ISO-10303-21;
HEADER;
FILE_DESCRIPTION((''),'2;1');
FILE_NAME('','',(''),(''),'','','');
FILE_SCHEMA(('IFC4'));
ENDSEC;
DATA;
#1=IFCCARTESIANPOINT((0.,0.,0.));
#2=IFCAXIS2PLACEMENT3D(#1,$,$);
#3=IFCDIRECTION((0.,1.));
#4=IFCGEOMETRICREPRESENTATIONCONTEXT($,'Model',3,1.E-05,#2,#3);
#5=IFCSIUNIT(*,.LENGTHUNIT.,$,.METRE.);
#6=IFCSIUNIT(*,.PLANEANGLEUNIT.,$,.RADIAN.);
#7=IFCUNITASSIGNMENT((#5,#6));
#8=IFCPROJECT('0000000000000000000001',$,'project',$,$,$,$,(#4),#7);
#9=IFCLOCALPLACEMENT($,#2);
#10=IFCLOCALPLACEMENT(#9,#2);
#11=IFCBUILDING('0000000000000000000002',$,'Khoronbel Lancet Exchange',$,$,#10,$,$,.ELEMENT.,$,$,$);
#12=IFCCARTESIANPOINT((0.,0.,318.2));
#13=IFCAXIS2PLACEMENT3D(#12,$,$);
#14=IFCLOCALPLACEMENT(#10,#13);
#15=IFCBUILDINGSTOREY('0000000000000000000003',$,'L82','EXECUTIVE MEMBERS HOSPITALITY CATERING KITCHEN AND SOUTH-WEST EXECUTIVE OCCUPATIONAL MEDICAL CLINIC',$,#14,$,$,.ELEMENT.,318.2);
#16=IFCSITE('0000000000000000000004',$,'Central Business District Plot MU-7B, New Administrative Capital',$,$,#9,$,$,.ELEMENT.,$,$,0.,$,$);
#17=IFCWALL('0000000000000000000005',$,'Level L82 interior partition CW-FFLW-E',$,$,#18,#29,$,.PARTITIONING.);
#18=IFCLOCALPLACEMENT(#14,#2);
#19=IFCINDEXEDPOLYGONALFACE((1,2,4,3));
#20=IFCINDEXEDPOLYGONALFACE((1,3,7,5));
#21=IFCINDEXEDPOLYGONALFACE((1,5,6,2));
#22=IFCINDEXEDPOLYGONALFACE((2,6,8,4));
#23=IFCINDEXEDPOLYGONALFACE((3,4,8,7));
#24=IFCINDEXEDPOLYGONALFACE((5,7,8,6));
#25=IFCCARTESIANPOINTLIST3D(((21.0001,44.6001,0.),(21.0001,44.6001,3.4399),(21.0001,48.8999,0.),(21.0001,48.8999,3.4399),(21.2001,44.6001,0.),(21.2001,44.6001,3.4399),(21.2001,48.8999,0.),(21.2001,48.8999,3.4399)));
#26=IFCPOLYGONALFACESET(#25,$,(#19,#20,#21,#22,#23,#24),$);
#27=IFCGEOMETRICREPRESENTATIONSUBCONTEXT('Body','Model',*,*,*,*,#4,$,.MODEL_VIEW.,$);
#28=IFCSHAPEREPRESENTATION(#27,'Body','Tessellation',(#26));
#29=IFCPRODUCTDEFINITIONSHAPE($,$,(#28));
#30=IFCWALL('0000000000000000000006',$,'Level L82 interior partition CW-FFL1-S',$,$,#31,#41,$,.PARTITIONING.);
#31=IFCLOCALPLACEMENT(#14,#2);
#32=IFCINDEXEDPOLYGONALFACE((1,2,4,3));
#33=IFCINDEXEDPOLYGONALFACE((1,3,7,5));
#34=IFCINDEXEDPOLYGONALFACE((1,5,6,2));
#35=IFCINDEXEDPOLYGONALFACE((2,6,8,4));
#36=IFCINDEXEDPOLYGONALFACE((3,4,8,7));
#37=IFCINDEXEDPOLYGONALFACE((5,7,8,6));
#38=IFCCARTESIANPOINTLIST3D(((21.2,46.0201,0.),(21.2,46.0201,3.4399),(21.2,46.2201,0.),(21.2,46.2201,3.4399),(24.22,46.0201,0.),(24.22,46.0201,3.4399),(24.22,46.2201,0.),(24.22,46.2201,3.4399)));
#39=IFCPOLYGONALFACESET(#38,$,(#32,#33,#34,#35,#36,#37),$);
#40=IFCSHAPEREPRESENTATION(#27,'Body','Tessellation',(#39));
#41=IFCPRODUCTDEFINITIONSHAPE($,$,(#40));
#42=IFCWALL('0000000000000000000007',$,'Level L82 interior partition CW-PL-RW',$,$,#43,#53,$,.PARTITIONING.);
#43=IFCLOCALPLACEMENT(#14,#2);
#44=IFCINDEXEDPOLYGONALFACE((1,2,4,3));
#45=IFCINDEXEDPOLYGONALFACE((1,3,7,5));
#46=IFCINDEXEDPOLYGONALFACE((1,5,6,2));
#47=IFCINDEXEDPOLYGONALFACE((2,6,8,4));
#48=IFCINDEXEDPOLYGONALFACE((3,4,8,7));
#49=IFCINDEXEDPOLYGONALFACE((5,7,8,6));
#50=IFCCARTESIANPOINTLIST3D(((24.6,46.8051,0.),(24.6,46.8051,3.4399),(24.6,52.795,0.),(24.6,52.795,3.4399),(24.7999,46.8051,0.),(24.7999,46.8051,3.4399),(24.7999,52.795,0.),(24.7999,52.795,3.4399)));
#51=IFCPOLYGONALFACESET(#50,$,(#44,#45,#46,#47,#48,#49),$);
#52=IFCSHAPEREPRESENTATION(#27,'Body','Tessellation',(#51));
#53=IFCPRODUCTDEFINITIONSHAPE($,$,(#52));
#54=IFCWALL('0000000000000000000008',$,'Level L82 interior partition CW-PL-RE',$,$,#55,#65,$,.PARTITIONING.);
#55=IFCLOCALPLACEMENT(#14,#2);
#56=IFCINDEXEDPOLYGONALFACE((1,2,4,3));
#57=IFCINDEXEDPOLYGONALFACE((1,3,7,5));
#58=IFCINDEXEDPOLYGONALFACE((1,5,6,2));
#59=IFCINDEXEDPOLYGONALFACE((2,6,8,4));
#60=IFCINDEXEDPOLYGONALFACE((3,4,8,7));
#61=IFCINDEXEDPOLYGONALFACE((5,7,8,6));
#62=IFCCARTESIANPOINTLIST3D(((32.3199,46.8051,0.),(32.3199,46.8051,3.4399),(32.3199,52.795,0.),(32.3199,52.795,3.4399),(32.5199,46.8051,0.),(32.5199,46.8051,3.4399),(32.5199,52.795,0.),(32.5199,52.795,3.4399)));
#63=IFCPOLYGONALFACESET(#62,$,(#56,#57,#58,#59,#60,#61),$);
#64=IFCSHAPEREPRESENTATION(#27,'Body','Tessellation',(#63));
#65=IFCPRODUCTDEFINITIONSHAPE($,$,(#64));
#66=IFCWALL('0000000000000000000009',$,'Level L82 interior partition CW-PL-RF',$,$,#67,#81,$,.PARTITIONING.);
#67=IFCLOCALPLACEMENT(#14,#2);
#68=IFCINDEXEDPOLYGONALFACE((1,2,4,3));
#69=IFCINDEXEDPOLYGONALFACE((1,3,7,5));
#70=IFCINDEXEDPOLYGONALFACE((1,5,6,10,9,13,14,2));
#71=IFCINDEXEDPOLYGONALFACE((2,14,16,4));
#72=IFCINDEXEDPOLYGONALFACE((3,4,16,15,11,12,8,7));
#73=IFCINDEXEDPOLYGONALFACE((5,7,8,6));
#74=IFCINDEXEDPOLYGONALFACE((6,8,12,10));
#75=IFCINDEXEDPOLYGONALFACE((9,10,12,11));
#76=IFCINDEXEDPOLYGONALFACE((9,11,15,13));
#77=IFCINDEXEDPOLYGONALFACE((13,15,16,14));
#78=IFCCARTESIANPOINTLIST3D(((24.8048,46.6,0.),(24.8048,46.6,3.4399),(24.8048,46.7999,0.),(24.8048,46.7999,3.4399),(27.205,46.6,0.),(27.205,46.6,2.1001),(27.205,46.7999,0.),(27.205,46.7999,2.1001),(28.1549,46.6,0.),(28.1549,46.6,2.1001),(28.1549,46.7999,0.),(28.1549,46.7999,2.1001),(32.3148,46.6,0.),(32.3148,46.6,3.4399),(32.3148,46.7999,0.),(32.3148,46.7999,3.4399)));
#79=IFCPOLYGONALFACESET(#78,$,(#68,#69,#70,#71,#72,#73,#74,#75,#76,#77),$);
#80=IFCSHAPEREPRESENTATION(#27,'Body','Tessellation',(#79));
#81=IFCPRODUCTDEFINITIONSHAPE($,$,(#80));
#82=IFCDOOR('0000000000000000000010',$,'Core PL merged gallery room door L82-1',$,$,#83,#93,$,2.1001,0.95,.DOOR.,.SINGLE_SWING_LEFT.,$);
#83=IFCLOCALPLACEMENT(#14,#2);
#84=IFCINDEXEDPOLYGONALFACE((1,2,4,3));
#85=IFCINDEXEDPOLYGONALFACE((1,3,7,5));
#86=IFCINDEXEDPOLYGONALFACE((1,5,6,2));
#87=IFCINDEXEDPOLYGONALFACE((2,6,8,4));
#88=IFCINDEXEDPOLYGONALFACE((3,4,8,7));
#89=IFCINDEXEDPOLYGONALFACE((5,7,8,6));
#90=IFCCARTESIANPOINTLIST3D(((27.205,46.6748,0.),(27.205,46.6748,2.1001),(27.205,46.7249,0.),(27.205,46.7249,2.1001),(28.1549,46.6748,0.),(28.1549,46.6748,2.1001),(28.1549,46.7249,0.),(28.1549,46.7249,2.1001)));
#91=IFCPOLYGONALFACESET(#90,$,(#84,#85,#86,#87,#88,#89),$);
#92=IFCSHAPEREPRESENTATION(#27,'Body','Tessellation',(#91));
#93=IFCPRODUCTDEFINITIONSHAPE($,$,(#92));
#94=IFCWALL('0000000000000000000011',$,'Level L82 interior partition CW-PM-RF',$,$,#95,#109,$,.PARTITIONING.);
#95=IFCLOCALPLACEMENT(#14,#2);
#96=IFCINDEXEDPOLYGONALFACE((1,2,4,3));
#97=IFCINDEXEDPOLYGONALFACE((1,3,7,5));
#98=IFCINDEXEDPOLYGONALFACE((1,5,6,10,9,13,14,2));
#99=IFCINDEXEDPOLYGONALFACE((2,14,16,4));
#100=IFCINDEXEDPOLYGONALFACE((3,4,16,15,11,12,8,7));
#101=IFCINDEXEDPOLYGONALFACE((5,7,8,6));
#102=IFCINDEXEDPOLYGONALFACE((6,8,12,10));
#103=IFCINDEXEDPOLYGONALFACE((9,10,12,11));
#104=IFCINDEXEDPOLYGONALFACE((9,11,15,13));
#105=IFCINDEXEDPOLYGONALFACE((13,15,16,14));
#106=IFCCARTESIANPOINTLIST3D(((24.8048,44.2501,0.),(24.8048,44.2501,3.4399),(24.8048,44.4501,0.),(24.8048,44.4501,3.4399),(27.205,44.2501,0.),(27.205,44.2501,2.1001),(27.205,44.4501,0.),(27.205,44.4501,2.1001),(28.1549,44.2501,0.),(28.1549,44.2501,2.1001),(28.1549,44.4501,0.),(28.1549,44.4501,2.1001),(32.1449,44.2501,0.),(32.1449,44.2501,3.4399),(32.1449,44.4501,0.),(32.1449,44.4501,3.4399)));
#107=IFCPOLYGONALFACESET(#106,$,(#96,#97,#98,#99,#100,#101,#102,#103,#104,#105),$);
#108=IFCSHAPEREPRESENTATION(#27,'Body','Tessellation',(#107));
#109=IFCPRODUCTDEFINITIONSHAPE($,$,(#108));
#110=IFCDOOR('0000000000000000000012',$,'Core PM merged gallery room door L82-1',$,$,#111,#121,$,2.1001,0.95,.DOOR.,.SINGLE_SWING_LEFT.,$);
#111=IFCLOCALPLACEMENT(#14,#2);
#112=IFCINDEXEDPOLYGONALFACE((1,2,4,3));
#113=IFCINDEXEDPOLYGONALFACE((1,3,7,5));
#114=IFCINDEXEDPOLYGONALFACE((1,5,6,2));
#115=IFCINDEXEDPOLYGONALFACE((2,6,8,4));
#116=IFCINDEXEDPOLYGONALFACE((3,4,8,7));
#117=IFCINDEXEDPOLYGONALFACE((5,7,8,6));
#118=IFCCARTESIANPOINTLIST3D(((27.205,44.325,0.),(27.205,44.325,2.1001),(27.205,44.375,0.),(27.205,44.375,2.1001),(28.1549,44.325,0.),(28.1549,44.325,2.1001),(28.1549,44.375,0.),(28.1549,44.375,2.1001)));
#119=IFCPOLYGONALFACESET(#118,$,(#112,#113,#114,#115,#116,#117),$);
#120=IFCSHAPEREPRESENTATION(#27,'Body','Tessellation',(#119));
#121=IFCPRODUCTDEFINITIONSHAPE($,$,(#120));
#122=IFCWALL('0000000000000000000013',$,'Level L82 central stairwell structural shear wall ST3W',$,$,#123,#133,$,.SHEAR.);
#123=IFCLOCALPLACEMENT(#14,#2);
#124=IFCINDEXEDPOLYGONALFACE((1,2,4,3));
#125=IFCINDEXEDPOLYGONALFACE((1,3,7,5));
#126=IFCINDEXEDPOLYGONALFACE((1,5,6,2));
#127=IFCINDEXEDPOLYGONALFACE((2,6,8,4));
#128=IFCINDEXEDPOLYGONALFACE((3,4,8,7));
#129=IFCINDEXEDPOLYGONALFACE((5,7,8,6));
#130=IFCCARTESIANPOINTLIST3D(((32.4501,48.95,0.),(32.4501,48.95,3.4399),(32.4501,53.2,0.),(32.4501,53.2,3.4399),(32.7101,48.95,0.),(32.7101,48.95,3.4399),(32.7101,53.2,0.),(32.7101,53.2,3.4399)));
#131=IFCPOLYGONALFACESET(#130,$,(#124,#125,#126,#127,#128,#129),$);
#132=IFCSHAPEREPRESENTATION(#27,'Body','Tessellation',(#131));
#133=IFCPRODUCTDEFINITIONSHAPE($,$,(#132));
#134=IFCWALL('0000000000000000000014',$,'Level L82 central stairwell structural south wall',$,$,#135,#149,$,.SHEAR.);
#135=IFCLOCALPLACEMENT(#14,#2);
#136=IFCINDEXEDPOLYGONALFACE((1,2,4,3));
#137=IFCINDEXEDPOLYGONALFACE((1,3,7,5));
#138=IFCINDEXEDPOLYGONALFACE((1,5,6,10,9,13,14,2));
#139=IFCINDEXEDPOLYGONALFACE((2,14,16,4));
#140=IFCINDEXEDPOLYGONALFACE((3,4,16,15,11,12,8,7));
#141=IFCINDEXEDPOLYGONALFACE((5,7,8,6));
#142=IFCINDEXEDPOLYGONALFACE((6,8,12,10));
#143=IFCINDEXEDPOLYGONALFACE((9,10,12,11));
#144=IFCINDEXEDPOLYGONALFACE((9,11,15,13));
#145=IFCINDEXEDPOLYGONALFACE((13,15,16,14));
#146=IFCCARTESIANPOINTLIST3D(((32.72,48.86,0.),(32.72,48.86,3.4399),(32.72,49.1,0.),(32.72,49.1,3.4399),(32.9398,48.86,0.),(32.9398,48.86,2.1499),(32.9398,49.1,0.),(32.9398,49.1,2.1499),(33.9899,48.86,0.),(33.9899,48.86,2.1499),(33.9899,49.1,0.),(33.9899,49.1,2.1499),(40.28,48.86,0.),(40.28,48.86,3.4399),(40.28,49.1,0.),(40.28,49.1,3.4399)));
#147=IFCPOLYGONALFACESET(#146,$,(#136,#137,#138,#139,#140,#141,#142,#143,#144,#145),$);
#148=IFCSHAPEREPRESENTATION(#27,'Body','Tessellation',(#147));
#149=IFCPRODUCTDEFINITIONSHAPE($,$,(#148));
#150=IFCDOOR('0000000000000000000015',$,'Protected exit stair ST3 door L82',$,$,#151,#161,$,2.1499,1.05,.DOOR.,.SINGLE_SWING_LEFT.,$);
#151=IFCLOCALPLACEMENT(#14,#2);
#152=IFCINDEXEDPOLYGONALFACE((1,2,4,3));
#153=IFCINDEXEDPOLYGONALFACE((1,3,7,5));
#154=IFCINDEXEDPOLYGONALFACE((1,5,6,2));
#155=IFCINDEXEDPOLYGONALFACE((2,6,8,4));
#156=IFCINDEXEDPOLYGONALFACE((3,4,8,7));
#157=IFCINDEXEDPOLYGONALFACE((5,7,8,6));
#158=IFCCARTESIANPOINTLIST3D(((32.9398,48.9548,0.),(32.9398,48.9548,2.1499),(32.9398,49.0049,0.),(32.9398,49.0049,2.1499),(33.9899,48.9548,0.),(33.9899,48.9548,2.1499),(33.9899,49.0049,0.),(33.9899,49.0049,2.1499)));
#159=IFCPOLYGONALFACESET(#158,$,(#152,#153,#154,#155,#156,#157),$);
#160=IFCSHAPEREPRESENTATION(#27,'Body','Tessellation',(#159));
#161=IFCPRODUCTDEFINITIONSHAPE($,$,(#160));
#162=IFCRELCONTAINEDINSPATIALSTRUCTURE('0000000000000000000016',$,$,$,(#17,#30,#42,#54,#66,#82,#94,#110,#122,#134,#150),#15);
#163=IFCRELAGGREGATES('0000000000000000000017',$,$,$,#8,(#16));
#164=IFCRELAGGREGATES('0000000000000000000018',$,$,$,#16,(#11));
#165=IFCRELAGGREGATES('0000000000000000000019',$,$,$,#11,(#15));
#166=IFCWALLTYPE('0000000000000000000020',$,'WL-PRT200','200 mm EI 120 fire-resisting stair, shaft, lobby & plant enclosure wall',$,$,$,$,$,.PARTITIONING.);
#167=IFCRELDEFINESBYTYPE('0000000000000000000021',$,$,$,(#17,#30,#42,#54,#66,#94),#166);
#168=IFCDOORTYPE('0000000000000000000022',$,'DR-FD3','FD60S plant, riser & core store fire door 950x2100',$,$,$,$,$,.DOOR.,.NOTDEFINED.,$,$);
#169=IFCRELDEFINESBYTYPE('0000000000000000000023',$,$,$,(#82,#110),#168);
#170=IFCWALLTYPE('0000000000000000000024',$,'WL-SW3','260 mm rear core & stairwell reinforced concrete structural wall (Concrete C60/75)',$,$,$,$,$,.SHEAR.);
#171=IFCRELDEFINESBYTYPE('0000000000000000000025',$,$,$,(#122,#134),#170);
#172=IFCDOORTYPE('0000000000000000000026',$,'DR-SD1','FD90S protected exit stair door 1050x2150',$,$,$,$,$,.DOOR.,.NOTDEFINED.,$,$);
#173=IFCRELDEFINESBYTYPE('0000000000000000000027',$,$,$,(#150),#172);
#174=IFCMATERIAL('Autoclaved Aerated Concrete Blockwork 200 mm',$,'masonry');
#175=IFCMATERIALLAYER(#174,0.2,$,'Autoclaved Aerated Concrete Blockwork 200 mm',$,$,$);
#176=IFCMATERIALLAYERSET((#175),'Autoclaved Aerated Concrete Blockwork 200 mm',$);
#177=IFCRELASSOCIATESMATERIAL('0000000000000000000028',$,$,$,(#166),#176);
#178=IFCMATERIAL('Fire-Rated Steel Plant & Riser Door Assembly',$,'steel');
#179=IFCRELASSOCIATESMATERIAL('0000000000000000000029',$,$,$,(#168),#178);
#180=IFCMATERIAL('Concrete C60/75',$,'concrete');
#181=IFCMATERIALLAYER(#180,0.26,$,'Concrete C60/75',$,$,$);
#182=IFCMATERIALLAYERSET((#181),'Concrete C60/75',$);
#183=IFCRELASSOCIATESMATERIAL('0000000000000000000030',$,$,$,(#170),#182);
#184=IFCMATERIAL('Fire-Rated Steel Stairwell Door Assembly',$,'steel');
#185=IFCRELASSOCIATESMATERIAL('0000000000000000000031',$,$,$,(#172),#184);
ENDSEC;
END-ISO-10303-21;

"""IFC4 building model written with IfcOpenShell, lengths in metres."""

from ifc_helpers import new_model, si_unit, direction, frame, frame_2d, origin, place, context, subcontext, project, spatial, rectangle, extrude, material, layer, layer_set, type_object, element, fill, save


model = new_model("IFC4")

# Units and contexts
model_context = context("Model", 3, precision=1e-05, world=origin(), true_north=direction((0.0, 1.0)))
body_context = subcontext(model_context, "Body", "Model", "MODEL_VIEW")
ifc_project = project(units=[si_unit("LENGTHUNIT", "METRE"), si_unit("PLANEANGLEUNIT", "RADIAN")], contexts=[model_context])

# Site, building, storey
site_placement = place(None, origin())
site = spatial("IfcSite", under=ifc_project, at=site_placement, Name="Central Business District Plot MU-7B, New Administrative Capital", CompositionType="ELEMENT", RefElevation=0.0)
building_placement = place(site_placement, origin())
building = spatial("IfcBuilding", under=site, at=building_placement, Name="Khoronbel Lancet Exchange", CompositionType="ELEMENT")
storey_placement = place(building_placement, frame((0.0, 0.0, 318.2)))
storey = spatial("IfcBuildingStorey", under=building, at=storey_placement, Name="L82", Description="EXECUTIVE MEMBERS HOSPITALITY CATERING KITCHEN AND SOUTH-WEST EXECUTIVE OCCUPATIONAL MEDICAL CLINIC", CompositionType="ELEMENT", Elevation=318.2)

# Shared definitions
ifc_material_1 = material(Name="Autoclaved Aerated Concrete Blockwork 200 mm", Category="masonry")
ifc_layer_1 = layer(ifc_material_1, 0.2, Name="Autoclaved Aerated Concrete Blockwork 200 mm")
ifc_layer_set_1 = layer_set([ifc_layer_1], Name="Autoclaved Aerated Concrete Blockwork 200 mm")
wall_type_1 = type_object("IfcWallType", Name="WL-PRT200", Description="200 mm EI 120 fire-resisting stair, shaft, lobby & plant enclosure wall", PredefinedType="PARTITIONING", material=ifc_layer_set_1)

# Walls
wall_1_placement = place(storey_placement, frame((21.1001, 44.6001, 0.0), z_axis=(0.0, 0.0, 1.0), x_axis=(0.0, 1.0, 0.0)))
element("IfcWall", 1, at=wall_1_placement, inside=storey, type_object=wall_type_1, Name="Level L82 interior partition CW-FFLW-E", PredefinedType="PARTITIONING", context=body_context, shape_type="SweptSolid", body=[
    extrude(rectangle(XDim=4.2998, YDim=0.2, at=frame_2d((2.1499, 0.0))), origin(), (0.0, 0.0, 1.0), 3.4399),
])
wall_2_placement = place(storey_placement, frame((21.2, 46.1201, 0.0), z_axis=(0.0, 0.0, 1.0), x_axis=(1.0, 0.0, 0.0)))
element("IfcWall", 2, at=wall_2_placement, inside=storey, type_object=wall_type_1, Name="Level L82 interior partition CW-FFL1-S", PredefinedType="PARTITIONING", context=body_context, shape_type="SweptSolid", body=[
    extrude(rectangle(XDim=3.02, YDim=0.2, at=frame_2d((1.51, 0.0))), origin(), (0.0, 0.0, 1.0), 3.4399),
])
for number, where, z_axis, x_axis, name in (
    (3, (24.7, 46.8049, 0.0), (0.0, 0.0, 1.0), (0.0, 1.0, 0.0), "Level L82 interior partition CW-PL-RW"),
    (4, (32.4199, 46.8049, 0.0), (0.0, 0.0, 1.0), (0.0, 1.0, 0.0), "Level L82 interior partition CW-PL-RE"),
):
    element("IfcWall", number, at=place(storey_placement, frame(where, z_axis=z_axis, x_axis=x_axis)), inside=storey, type_object=wall_type_1, Name=name, PredefinedType="PARTITIONING", context=body_context, shape_type="SweptSolid", body=[
        extrude(rectangle(XDim=5.99, YDim=0.2, at=frame_2d((2.9951, 0.0))), origin(), (0.0, 0.0, 1.0), 3.4399),
    ])

# Walls, openings, doors
wall_3_placement = place(storey_placement, frame((24.8049, 46.7, 0.0), z_axis=(0.0, 0.0, 1.0), x_axis=(1.0, 0.0, 0.0)))
wall_3 = element("IfcWall", 5, at=wall_3_placement, inside=storey, type_object=wall_type_1, Name="Level L82 interior partition CW-PL-RF", PredefinedType="PARTITIONING", context=body_context, shape_type="SweptSolid", body=[
    extrude(rectangle(XDim=7.51, YDim=0.2, at=frame_2d((3.7549, 0.0))), origin(), (0.0, 0.0, 1.0), 3.4399),
])
opening_1_placement = place(wall_3_placement, frame((2.3999, 0.0, 0.0)))
opening_1 = element("IfcOpeningElement", 6, at=opening_1_placement, cuts=wall_3, PredefinedType="OPENING", context=body_context, shape_type="SweptSolid", body=[
    extrude(rectangle(XDim=0.95, YDim=2.1001, at=frame_2d((0.4751, 1.05))), frame((0.0, 0.1099, 0.0), z_axis=(0.0, -1.0, 0.0), x_axis=(1.0, 0.0, 0.0)), (0.0, 0.0, 1.0), 0.22),
])
ifc_material_2 = material(Name="Fire-Rated Steel Plant & Riser Door Assembly", Category="steel")
door_type_1 = type_object("IfcDoorType", Name="DR-FD3", Description="FD60S plant, riser & core store fire door 950x2100", OperationType="NOTDEFINED", PredefinedType="DOOR", material=ifc_material_2)
door_1_placement = place(opening_1_placement, origin())
door_1 = element("IfcDoor", 7, at=door_1_placement, inside=storey, type_object=door_type_1, Name="Core PL merged gallery room door L82-1", OperationType="SINGLE_SWING_LEFT", OverallHeight=2.1001, OverallWidth=0.95, PredefinedType="DOOR", context=body_context, shape_type="SweptSolid", body=[
    extrude(rectangle(XDim=0.95, YDim=2.1001, at=frame_2d((0.4751, 1.05))), frame((0.0, 0.0249, 0.0), z_axis=(0.0, -1.0, 0.0), x_axis=(1.0, 0.0, 0.0)), (0.0, 0.0, 1.0), 0.05),
])
fill(opening_1, door_1)
wall_4_placement = place(storey_placement, frame((24.8049, 44.3501, 0.0), z_axis=(0.0, 0.0, 1.0), x_axis=(1.0, 0.0, 0.0)))
wall_4 = element("IfcWall", 8, at=wall_4_placement, inside=storey, type_object=wall_type_1, Name="Level L82 interior partition CW-PM-RF", PredefinedType="PARTITIONING", context=body_context, shape_type="SweptSolid", body=[
    extrude(rectangle(XDim=7.3401, YDim=0.2, at=frame_2d((3.6699, 0.0))), origin(), (0.0, 0.0, 1.0), 3.4399),
])
opening_2_placement = place(wall_4_placement, frame((2.3999, 0.0, 0.0)))
opening_2 = element("IfcOpeningElement", 9, at=opening_2_placement, cuts=wall_4, PredefinedType="OPENING", context=body_context, shape_type="SweptSolid", body=[
    extrude(rectangle(XDim=0.95, YDim=2.1001, at=frame_2d((0.4751, 1.05))), frame((0.0, 0.1099, 0.0), z_axis=(0.0, -1.0, 0.0), x_axis=(1.0, 0.0, 0.0)), (0.0, 0.0, 1.0), 0.22),
])
door_2_placement = place(opening_2_placement, origin())
door_2 = element("IfcDoor", 10, at=door_2_placement, inside=storey, type_object=door_type_1, Name="Core PM merged gallery room door L82-1", OperationType="SINGLE_SWING_LEFT", OverallHeight=2.1001, OverallWidth=0.95, PredefinedType="DOOR", context=body_context, shape_type="SweptSolid", body=[
    extrude(rectangle(XDim=0.95, YDim=2.1001, at=frame_2d((0.4751, 1.05))), frame((0.0, 0.0249, 0.0), z_axis=(0.0, -1.0, 0.0), x_axis=(1.0, 0.0, 0.0)), (0.0, 0.0, 1.0), 0.05),
])
fill(opening_2, door_2)

# Wall
ifc_material_3 = material(Name="Concrete C60/75", Category="concrete")
ifc_layer_2 = layer(ifc_material_3, 0.26, Name="Concrete C60/75")
ifc_layer_set_2 = layer_set([ifc_layer_2], Name="Concrete C60/75")
wall_type_2 = type_object("IfcWallType", Name="WL-SW3", Description="260 mm rear core & stairwell reinforced concrete structural wall (Concrete C60/75)", PredefinedType="SHEAR", material=ifc_layer_set_2)
wall_5_placement = place(storey_placement, frame((32.5801, 48.95, 0.0), z_axis=(0.0, 0.0, 1.0), x_axis=(0.0, 1.0, 0.0)))
element("IfcWall", 11, at=wall_5_placement, inside=storey, type_object=wall_type_2, Name="Level L82 central stairwell structural shear wall ST3W", PredefinedType="SHEAR", context=body_context, shape_type="SweptSolid", body=[
    extrude(rectangle(XDim=4.25, YDim=0.26, at=frame_2d((2.125, 0.0))), origin(), (0.0, 0.0, 1.0), 3.4399),
])

# Wall, opening, door
wall_6_placement = place(storey_placement, frame((32.72, 48.98, 0.0), z_axis=(0.0, 0.0, 1.0), x_axis=(1.0, 0.0, 0.0)))
wall_6 = element("IfcWall", 12, at=wall_6_placement, inside=storey, type_object=wall_type_2, Name="Level L82 central stairwell structural south wall", PredefinedType="SHEAR", context=body_context, shape_type="SweptSolid", body=[
    extrude(rectangle(XDim=7.5601, YDim=0.24, at=frame_2d((3.78, 0.0))), origin(), (0.0, 0.0, 1.0), 3.4399),
])
opening_3_placement = place(wall_6_placement, frame((0.22, 0.0, 0.0)))
opening_3 = element("IfcOpeningElement", 13, at=opening_3_placement, cuts=wall_6, PredefinedType="OPENING", context=body_context, shape_type="SweptSolid", body=[
    extrude(rectangle(XDim=1.05, YDim=2.1499, at=frame_2d((0.5249, 1.075))), frame((0.0, 0.1299, 0.0), z_axis=(0.0, -1.0, 0.0), x_axis=(1.0, 0.0, 0.0)), (0.0, 0.0, 1.0), 0.26),
])
ifc_material_4 = material(Name="Fire-Rated Steel Stairwell Door Assembly", Category="steel")
door_type_2 = type_object("IfcDoorType", Name="DR-SD1", Description="FD90S protected exit stair door 1050x2150", OperationType="NOTDEFINED", PredefinedType="DOOR", material=ifc_material_4)
door_3_placement = place(opening_3_placement, origin())
door_3 = element("IfcDoor", 14, at=door_3_placement, inside=storey, type_object=door_type_2, Name="Protected exit stair ST3 door L82", OperationType="SINGLE_SWING_LEFT", OverallHeight=2.1499, OverallWidth=1.05, PredefinedType="DOOR", context=body_context, shape_type="SweptSolid", body=[
    extrude(rectangle(XDim=1.05, YDim=2.1499, at=frame_2d((0.5249, 1.075))), frame((0.0, 0.0249, 0.0), z_axis=(0.0, -1.0, 0.0), x_axis=(1.0, 0.0, 0.0)), (0.0, 0.0, 1.0), 0.05),
])
fill(opening_3, door_3)

save(model, "model.ifc")
